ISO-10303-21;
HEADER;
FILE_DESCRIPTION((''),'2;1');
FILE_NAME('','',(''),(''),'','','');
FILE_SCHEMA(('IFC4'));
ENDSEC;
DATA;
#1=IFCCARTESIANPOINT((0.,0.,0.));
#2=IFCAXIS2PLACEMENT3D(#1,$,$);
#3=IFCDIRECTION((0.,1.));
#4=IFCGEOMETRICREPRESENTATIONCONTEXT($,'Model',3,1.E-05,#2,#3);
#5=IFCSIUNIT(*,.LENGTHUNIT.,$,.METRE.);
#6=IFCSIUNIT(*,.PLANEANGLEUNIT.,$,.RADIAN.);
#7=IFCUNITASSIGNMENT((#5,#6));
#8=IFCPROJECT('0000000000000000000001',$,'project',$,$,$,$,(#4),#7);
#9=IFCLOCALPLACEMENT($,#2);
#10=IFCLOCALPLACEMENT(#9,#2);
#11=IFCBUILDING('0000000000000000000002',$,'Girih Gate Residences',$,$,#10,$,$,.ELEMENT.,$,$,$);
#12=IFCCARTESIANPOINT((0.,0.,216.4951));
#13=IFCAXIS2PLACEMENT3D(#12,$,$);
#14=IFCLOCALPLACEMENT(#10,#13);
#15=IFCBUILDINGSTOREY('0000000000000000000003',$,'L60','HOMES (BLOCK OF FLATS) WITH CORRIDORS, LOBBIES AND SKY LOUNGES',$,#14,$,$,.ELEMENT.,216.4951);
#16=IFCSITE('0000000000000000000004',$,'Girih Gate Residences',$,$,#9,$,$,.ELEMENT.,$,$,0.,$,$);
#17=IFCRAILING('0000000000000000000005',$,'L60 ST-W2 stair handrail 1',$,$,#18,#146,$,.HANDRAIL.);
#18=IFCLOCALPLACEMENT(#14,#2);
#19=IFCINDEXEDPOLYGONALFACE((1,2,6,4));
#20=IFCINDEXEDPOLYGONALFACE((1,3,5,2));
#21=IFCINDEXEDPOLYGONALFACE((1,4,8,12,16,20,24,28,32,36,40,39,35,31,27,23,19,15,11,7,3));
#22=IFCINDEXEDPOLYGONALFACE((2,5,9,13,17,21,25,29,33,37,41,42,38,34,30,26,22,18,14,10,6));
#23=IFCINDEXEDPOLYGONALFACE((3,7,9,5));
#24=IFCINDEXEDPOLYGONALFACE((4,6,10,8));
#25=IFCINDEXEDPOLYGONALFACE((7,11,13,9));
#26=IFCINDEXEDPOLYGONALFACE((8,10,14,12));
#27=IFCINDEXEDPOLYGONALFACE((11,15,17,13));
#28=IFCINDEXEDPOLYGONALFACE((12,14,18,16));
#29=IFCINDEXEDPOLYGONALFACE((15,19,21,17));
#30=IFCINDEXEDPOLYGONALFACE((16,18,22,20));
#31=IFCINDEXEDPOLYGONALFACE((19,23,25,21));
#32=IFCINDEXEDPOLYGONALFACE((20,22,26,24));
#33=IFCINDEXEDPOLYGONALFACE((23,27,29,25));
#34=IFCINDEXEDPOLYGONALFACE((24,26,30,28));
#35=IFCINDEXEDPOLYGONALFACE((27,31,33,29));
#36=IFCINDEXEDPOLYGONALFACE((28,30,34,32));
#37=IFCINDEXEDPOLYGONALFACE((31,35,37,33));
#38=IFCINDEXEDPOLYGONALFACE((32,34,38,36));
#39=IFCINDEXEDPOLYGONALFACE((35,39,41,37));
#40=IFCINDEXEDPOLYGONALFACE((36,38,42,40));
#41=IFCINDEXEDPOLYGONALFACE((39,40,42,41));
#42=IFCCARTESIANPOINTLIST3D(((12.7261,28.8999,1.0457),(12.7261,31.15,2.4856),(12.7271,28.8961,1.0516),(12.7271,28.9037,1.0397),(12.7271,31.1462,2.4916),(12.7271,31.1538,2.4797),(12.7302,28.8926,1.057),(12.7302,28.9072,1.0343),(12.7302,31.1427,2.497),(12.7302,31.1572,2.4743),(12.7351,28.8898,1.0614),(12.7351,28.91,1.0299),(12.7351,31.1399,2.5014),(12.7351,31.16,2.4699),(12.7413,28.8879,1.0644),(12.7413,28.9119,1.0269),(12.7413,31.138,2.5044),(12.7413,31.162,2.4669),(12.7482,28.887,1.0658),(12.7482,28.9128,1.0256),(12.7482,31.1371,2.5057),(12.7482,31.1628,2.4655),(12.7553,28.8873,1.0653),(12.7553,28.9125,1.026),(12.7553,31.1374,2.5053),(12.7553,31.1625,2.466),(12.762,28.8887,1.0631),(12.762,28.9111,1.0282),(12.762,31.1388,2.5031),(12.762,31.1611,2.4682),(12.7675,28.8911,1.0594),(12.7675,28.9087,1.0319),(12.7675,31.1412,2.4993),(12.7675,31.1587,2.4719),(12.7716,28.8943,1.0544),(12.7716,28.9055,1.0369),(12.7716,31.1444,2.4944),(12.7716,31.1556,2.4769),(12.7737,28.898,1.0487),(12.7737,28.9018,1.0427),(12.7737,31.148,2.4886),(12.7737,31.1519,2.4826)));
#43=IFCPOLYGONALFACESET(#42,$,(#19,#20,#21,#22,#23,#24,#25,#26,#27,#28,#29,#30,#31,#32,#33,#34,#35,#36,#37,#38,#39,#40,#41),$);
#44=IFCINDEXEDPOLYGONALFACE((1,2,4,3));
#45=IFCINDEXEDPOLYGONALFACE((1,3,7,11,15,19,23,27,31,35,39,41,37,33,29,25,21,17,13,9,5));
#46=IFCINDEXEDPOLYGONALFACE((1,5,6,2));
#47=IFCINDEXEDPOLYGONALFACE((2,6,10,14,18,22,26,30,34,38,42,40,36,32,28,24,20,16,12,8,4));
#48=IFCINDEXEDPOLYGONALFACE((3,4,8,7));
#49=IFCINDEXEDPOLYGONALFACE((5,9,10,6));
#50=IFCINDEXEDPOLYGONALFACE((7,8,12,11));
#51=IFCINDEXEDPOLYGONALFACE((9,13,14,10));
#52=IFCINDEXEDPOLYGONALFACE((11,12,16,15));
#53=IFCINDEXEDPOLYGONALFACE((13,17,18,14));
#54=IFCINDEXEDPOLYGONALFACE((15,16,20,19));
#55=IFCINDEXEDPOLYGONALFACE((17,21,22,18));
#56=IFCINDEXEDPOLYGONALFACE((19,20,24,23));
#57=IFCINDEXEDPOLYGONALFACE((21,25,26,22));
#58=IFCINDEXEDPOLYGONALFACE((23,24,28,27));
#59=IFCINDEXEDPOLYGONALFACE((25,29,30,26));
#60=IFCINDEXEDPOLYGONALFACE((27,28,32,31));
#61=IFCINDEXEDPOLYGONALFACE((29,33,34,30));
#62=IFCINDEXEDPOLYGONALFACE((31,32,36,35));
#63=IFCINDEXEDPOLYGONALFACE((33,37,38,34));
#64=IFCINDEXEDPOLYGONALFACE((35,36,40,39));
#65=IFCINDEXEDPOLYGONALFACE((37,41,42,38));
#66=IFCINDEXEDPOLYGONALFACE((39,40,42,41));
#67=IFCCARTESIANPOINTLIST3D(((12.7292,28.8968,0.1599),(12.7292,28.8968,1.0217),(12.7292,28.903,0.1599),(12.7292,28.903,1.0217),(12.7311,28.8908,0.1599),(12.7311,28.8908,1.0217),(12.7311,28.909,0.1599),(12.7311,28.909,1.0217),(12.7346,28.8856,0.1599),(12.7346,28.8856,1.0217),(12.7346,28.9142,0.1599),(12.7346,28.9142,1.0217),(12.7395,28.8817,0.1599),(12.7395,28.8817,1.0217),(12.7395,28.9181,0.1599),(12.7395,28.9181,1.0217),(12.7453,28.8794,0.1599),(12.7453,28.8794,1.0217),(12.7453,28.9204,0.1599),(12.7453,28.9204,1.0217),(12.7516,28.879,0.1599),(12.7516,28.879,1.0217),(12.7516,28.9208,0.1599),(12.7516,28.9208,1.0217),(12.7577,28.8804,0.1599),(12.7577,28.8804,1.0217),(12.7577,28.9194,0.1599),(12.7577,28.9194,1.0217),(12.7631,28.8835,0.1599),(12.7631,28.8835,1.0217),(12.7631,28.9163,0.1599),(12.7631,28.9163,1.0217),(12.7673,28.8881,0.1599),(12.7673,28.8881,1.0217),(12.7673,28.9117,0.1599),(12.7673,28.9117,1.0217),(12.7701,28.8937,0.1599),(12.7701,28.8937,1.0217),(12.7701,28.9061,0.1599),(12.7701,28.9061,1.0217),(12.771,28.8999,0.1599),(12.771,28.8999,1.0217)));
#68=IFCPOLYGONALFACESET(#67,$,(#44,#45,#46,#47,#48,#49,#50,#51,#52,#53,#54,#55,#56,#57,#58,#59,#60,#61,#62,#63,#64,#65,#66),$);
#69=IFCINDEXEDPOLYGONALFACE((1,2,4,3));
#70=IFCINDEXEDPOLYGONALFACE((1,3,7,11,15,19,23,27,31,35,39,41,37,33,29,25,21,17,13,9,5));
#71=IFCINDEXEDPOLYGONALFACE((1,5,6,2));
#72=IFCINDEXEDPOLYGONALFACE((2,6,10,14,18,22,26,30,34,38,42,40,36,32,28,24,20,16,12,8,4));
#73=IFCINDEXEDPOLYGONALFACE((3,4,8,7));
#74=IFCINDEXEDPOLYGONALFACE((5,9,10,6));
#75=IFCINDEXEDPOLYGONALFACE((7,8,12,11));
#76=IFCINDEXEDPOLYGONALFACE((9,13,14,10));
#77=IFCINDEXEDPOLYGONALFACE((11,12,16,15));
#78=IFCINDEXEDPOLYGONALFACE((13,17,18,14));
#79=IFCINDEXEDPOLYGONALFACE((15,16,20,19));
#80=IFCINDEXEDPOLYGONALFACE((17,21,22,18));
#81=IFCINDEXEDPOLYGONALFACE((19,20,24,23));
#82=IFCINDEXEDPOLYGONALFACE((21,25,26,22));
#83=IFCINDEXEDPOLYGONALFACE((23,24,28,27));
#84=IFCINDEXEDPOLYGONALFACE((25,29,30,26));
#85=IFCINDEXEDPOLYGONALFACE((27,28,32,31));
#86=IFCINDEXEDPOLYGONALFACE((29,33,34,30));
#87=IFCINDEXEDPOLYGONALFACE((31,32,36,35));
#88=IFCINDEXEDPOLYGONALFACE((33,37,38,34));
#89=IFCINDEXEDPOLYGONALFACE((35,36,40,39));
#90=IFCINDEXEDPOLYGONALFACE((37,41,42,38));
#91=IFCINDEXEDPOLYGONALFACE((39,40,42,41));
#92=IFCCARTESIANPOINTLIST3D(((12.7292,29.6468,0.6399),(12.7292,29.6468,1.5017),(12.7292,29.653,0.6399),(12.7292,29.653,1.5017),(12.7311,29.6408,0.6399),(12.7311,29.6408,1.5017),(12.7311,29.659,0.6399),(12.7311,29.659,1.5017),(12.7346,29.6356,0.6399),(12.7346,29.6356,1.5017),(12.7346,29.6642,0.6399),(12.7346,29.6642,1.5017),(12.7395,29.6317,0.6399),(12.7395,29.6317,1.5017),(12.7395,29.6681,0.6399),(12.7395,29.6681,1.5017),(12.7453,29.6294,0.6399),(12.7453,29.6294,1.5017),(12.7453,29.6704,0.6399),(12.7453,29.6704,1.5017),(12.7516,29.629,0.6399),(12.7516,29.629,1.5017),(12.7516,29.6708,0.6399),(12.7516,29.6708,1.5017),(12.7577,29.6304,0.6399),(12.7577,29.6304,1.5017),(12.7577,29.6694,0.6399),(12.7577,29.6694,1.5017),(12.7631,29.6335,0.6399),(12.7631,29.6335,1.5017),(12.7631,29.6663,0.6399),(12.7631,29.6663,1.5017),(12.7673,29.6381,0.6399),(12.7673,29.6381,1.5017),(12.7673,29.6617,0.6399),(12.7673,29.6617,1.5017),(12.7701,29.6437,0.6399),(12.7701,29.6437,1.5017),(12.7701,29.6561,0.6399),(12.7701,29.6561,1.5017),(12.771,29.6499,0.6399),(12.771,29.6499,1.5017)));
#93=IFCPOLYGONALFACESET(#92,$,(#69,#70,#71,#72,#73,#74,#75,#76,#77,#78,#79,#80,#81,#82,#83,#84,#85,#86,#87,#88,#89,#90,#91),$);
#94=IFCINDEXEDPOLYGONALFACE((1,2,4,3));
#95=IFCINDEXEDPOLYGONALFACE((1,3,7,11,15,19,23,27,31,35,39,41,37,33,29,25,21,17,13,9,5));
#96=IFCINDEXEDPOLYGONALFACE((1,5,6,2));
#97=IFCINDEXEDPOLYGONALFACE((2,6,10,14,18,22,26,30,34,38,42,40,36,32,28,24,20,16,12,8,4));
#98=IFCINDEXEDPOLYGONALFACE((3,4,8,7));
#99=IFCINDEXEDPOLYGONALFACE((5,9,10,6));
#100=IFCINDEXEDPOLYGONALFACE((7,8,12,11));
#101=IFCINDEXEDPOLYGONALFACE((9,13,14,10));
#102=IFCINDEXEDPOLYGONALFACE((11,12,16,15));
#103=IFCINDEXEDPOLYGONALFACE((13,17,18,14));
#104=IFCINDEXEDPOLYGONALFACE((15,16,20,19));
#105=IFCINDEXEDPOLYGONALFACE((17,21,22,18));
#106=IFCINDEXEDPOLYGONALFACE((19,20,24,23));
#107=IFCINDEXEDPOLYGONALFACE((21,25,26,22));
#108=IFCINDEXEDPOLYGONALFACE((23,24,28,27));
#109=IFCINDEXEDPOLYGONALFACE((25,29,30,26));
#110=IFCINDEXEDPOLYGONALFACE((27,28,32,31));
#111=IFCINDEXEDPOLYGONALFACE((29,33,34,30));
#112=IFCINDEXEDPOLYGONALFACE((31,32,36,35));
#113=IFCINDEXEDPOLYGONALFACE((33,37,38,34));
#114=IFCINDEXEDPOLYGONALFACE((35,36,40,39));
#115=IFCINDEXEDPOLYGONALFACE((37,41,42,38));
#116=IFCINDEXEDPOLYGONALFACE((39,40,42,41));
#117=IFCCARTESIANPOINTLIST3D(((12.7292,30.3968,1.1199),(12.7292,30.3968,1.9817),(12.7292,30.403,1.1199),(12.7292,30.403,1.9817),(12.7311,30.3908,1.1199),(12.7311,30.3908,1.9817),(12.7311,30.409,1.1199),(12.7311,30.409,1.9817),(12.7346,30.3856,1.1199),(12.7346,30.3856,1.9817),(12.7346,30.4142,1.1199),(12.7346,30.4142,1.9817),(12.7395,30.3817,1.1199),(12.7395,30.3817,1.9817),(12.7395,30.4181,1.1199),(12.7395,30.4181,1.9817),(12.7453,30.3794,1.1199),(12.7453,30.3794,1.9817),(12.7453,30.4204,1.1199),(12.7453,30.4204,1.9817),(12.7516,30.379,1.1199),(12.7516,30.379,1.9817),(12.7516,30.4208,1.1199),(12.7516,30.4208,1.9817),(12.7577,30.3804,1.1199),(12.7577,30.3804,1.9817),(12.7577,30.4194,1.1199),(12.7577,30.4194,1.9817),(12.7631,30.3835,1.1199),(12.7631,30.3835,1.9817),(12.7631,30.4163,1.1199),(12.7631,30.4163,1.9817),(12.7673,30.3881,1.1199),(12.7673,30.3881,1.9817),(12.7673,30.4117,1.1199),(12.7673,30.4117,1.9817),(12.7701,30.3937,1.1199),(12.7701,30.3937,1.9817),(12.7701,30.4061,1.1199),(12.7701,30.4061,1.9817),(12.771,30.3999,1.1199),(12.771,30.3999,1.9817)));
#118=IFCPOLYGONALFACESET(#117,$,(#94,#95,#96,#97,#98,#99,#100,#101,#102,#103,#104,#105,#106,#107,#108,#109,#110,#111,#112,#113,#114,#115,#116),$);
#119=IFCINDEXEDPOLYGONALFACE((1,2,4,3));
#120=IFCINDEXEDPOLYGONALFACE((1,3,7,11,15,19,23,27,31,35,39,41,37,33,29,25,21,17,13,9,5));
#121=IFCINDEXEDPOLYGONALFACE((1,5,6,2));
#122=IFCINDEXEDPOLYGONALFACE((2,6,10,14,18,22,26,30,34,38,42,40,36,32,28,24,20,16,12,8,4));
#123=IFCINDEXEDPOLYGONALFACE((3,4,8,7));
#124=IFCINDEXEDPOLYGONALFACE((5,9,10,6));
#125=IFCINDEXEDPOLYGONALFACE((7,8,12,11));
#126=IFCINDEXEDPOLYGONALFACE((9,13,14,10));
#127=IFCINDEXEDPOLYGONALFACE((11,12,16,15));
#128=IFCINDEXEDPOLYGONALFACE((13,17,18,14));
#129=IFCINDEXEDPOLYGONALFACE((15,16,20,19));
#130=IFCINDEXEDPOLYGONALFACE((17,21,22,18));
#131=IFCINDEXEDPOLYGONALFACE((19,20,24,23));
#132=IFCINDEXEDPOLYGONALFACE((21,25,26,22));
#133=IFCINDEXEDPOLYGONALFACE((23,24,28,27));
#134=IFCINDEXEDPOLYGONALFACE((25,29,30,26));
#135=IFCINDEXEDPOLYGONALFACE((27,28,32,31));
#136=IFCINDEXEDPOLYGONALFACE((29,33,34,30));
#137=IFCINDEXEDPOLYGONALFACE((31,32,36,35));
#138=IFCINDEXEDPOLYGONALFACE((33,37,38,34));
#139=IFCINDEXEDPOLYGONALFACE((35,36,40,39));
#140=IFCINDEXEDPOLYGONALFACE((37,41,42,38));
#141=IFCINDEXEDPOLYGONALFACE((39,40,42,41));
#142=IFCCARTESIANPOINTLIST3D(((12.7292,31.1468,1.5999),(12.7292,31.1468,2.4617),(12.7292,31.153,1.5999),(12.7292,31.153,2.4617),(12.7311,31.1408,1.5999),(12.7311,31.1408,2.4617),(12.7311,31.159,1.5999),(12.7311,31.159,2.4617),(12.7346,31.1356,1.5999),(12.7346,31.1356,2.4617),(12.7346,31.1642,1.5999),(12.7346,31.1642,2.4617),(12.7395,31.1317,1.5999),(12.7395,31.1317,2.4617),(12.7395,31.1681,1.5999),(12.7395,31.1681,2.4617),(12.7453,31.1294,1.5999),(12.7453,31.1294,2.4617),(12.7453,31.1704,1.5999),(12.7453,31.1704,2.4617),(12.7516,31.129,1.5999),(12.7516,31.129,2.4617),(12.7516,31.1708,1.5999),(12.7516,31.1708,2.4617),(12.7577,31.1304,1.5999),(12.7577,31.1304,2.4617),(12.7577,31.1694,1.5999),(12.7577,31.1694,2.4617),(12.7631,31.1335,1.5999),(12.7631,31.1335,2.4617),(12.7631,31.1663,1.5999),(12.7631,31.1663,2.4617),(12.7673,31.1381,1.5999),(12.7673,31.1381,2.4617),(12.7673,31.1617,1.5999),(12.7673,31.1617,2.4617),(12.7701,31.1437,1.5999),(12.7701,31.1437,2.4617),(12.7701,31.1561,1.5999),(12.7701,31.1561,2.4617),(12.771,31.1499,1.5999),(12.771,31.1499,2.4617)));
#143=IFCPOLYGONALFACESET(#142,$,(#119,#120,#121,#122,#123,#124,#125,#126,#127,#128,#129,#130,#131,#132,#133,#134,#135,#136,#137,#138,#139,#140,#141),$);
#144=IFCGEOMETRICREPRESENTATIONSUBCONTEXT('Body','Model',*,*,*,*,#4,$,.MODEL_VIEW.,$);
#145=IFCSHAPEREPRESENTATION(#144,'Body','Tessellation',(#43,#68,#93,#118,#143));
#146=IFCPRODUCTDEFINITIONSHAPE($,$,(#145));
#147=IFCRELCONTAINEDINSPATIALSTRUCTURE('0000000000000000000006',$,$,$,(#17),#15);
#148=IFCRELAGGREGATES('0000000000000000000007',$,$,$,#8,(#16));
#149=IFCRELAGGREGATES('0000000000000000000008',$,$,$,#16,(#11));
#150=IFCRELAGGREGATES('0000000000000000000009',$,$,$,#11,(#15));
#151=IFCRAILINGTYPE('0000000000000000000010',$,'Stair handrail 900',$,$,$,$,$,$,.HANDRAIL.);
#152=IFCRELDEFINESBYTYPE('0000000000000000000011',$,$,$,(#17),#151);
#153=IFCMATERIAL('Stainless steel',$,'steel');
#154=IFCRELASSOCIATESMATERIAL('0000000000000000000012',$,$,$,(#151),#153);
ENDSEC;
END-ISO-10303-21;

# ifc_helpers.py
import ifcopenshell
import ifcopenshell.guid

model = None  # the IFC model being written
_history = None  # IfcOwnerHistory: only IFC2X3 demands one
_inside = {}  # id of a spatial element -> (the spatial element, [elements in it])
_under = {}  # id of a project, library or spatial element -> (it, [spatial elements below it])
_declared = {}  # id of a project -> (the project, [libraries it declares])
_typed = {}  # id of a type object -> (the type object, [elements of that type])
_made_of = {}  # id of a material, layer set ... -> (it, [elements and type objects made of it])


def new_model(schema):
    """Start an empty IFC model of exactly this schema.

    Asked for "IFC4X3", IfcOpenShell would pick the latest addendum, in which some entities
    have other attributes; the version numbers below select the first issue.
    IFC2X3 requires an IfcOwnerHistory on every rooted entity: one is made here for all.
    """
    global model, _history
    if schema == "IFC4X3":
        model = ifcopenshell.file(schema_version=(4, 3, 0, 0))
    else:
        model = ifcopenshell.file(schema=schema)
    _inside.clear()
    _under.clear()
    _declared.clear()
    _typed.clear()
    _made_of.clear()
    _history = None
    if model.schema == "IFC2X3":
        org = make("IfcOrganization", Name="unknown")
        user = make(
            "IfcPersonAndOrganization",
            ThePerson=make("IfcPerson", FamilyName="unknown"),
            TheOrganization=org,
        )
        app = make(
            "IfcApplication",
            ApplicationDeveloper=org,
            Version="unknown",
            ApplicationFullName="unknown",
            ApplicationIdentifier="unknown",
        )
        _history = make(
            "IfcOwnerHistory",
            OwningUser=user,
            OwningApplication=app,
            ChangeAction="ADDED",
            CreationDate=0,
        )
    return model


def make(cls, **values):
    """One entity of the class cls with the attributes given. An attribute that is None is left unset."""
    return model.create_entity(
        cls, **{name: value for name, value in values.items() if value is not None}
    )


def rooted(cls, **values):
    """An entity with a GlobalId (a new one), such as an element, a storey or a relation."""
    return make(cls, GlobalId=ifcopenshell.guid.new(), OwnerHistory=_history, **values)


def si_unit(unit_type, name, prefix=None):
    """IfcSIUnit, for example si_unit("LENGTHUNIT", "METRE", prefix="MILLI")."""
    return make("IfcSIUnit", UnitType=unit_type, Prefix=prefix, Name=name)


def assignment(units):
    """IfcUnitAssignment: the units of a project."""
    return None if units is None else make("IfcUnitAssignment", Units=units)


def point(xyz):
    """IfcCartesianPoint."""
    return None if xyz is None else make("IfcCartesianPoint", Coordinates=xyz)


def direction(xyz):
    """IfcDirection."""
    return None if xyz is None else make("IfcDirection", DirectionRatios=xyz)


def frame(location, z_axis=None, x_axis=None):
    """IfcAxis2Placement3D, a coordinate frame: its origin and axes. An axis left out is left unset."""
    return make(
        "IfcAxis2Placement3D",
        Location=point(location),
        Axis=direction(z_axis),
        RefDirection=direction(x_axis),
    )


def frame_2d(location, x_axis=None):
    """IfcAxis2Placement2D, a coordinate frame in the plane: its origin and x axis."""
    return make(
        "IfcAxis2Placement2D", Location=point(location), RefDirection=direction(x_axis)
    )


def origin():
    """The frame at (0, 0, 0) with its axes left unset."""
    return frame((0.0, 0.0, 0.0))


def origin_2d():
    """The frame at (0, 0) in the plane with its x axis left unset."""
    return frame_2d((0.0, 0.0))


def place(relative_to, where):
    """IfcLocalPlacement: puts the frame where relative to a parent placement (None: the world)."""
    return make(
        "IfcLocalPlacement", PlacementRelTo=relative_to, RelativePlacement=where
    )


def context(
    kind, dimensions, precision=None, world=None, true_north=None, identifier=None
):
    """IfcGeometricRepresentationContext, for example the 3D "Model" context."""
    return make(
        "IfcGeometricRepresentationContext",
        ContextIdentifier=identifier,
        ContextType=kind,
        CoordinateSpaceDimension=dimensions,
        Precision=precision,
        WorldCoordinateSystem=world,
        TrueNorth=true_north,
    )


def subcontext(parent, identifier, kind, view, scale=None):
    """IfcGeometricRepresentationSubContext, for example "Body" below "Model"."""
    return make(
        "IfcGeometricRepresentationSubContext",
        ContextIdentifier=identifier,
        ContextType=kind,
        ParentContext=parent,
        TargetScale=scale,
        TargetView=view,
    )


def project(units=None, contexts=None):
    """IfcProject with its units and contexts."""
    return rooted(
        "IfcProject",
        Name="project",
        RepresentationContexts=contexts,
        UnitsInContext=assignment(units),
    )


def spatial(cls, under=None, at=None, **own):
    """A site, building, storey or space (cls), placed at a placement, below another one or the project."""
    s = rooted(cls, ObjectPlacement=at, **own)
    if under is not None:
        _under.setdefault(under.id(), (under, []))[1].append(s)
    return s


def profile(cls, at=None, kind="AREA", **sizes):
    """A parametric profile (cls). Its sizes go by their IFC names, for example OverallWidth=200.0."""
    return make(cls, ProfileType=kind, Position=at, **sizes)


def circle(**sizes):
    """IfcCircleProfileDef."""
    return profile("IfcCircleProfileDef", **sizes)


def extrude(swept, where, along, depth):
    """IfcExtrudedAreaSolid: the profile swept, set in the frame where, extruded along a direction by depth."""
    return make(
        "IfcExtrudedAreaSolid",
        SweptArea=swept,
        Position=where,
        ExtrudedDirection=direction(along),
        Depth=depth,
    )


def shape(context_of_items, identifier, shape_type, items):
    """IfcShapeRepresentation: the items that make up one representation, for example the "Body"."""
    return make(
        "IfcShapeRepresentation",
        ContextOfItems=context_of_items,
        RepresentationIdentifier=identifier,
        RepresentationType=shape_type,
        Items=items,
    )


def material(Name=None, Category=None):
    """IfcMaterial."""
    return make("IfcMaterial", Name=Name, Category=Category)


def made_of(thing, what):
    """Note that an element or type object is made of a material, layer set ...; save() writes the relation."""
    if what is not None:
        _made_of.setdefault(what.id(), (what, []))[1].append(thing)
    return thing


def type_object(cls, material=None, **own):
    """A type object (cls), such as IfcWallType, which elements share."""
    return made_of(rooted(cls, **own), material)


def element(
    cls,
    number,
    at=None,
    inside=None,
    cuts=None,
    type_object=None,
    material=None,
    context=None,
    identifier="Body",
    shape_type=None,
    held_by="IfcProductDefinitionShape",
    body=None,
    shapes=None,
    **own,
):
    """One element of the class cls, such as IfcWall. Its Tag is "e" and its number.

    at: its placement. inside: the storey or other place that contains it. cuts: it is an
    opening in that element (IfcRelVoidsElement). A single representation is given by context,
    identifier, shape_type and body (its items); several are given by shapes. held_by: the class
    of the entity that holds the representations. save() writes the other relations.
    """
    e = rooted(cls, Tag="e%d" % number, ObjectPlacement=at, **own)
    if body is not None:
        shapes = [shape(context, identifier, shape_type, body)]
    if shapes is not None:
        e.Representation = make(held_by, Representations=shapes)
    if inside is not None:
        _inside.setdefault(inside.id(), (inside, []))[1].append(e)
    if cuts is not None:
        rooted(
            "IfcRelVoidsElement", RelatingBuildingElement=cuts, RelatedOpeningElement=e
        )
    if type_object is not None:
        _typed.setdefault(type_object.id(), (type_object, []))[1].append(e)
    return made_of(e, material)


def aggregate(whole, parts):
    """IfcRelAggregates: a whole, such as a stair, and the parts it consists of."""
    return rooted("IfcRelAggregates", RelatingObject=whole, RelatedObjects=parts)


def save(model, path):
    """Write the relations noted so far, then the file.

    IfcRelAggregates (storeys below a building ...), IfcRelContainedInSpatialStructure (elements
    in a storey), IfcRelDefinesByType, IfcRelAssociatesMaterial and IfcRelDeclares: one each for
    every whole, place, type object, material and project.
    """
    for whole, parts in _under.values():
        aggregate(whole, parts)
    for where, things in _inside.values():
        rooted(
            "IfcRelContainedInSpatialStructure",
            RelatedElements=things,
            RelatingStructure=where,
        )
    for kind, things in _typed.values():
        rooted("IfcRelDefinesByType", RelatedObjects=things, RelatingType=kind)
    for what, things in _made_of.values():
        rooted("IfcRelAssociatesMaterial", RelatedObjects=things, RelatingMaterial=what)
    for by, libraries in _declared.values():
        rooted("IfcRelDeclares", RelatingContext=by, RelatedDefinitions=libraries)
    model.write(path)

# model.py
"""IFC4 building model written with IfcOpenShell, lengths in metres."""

from ifc_helpers import new_model, si_unit, direction, frame, origin, origin_2d, place, context, subcontext, project, spatial, circle, extrude, material, type_object, element, save


model = new_model("IFC4")

# Units and contexts
model_context = context("Model", 3, precision=1e-05, world=origin(), true_north=direction((0.0, 1.0)))
body_context = subcontext(model_context, "Body", "Model", "MODEL_VIEW")
ifc_project = project(units=[si_unit("LENGTHUNIT", "METRE"), si_unit("PLANEANGLEUNIT", "RADIAN")], contexts=[model_context])

# Site, building, storey
site_placement = place(None, origin())
site = spatial("IfcSite", under=ifc_project, at=site_placement, Name="Girih Gate Residences", CompositionType="ELEMENT", RefElevation=0.0)
building_placement = place(site_placement, origin())
building = spatial("IfcBuilding", under=site, at=building_placement, Name="Girih Gate Residences", CompositionType="ELEMENT")
storey_placement = place(building_placement, frame((0.0, 0.0, 216.4951)))
storey = spatial("IfcBuildingStorey", under=building, at=storey_placement, Name="L60", Description="HOMES (BLOCK OF FLATS) WITH CORRIDORS, LOBBIES AND SKY LOUNGES", CompositionType="ELEMENT", Elevation=216.4951)

# Railing
ifc_material_1 = material(Name="Stainless steel", Category="steel")
railing_type_1 = type_object("IfcRailingType", Name="Stair handrail 900", PredefinedType="HANDRAIL", material=ifc_material_1)
railing_1_placement = place(storey_placement, frame((12.75, 28.8999, 0.1599)))
element("IfcRailing", 1, at=railing_1_placement, inside=storey, type_object=railing_type_1, Name="L60 ST-W2 stair handrail 1", PredefinedType="HANDRAIL", context=body_context, shape_type="SweptSolid", body=[
    extrude(circle(Radius=0.0239, at=origin_2d()), frame((0.0, 0.0, 0.8857), z_axis=(0.0, 0.842281, 0.539038), x_axis=(-1.0, 0.0, 0.0)), (0.0, 0.0, 1.0), 2.6714),
    extrude(circle(Radius=0.021, at=origin_2d()), origin(), (0.0, 0.0, 1.0), 0.8618),
    extrude(circle(Radius=0.021, at=origin_2d()), frame((0.0, 0.75, 0.48)), (0.0, 0.0, 1.0), 0.8618),
    extrude(circle(Radius=0.021, at=origin_2d()), frame((0.0, 1.5, 0.96)), (0.0, 0.0, 1.0), 0.8618),
    extrude(circle(Radius=0.021, at=origin_2d()), frame((0.0, 2.25, 1.4399)), (0.0, 0.0, 1.0), 0.8618),
])

save(model, "model.ifc")
